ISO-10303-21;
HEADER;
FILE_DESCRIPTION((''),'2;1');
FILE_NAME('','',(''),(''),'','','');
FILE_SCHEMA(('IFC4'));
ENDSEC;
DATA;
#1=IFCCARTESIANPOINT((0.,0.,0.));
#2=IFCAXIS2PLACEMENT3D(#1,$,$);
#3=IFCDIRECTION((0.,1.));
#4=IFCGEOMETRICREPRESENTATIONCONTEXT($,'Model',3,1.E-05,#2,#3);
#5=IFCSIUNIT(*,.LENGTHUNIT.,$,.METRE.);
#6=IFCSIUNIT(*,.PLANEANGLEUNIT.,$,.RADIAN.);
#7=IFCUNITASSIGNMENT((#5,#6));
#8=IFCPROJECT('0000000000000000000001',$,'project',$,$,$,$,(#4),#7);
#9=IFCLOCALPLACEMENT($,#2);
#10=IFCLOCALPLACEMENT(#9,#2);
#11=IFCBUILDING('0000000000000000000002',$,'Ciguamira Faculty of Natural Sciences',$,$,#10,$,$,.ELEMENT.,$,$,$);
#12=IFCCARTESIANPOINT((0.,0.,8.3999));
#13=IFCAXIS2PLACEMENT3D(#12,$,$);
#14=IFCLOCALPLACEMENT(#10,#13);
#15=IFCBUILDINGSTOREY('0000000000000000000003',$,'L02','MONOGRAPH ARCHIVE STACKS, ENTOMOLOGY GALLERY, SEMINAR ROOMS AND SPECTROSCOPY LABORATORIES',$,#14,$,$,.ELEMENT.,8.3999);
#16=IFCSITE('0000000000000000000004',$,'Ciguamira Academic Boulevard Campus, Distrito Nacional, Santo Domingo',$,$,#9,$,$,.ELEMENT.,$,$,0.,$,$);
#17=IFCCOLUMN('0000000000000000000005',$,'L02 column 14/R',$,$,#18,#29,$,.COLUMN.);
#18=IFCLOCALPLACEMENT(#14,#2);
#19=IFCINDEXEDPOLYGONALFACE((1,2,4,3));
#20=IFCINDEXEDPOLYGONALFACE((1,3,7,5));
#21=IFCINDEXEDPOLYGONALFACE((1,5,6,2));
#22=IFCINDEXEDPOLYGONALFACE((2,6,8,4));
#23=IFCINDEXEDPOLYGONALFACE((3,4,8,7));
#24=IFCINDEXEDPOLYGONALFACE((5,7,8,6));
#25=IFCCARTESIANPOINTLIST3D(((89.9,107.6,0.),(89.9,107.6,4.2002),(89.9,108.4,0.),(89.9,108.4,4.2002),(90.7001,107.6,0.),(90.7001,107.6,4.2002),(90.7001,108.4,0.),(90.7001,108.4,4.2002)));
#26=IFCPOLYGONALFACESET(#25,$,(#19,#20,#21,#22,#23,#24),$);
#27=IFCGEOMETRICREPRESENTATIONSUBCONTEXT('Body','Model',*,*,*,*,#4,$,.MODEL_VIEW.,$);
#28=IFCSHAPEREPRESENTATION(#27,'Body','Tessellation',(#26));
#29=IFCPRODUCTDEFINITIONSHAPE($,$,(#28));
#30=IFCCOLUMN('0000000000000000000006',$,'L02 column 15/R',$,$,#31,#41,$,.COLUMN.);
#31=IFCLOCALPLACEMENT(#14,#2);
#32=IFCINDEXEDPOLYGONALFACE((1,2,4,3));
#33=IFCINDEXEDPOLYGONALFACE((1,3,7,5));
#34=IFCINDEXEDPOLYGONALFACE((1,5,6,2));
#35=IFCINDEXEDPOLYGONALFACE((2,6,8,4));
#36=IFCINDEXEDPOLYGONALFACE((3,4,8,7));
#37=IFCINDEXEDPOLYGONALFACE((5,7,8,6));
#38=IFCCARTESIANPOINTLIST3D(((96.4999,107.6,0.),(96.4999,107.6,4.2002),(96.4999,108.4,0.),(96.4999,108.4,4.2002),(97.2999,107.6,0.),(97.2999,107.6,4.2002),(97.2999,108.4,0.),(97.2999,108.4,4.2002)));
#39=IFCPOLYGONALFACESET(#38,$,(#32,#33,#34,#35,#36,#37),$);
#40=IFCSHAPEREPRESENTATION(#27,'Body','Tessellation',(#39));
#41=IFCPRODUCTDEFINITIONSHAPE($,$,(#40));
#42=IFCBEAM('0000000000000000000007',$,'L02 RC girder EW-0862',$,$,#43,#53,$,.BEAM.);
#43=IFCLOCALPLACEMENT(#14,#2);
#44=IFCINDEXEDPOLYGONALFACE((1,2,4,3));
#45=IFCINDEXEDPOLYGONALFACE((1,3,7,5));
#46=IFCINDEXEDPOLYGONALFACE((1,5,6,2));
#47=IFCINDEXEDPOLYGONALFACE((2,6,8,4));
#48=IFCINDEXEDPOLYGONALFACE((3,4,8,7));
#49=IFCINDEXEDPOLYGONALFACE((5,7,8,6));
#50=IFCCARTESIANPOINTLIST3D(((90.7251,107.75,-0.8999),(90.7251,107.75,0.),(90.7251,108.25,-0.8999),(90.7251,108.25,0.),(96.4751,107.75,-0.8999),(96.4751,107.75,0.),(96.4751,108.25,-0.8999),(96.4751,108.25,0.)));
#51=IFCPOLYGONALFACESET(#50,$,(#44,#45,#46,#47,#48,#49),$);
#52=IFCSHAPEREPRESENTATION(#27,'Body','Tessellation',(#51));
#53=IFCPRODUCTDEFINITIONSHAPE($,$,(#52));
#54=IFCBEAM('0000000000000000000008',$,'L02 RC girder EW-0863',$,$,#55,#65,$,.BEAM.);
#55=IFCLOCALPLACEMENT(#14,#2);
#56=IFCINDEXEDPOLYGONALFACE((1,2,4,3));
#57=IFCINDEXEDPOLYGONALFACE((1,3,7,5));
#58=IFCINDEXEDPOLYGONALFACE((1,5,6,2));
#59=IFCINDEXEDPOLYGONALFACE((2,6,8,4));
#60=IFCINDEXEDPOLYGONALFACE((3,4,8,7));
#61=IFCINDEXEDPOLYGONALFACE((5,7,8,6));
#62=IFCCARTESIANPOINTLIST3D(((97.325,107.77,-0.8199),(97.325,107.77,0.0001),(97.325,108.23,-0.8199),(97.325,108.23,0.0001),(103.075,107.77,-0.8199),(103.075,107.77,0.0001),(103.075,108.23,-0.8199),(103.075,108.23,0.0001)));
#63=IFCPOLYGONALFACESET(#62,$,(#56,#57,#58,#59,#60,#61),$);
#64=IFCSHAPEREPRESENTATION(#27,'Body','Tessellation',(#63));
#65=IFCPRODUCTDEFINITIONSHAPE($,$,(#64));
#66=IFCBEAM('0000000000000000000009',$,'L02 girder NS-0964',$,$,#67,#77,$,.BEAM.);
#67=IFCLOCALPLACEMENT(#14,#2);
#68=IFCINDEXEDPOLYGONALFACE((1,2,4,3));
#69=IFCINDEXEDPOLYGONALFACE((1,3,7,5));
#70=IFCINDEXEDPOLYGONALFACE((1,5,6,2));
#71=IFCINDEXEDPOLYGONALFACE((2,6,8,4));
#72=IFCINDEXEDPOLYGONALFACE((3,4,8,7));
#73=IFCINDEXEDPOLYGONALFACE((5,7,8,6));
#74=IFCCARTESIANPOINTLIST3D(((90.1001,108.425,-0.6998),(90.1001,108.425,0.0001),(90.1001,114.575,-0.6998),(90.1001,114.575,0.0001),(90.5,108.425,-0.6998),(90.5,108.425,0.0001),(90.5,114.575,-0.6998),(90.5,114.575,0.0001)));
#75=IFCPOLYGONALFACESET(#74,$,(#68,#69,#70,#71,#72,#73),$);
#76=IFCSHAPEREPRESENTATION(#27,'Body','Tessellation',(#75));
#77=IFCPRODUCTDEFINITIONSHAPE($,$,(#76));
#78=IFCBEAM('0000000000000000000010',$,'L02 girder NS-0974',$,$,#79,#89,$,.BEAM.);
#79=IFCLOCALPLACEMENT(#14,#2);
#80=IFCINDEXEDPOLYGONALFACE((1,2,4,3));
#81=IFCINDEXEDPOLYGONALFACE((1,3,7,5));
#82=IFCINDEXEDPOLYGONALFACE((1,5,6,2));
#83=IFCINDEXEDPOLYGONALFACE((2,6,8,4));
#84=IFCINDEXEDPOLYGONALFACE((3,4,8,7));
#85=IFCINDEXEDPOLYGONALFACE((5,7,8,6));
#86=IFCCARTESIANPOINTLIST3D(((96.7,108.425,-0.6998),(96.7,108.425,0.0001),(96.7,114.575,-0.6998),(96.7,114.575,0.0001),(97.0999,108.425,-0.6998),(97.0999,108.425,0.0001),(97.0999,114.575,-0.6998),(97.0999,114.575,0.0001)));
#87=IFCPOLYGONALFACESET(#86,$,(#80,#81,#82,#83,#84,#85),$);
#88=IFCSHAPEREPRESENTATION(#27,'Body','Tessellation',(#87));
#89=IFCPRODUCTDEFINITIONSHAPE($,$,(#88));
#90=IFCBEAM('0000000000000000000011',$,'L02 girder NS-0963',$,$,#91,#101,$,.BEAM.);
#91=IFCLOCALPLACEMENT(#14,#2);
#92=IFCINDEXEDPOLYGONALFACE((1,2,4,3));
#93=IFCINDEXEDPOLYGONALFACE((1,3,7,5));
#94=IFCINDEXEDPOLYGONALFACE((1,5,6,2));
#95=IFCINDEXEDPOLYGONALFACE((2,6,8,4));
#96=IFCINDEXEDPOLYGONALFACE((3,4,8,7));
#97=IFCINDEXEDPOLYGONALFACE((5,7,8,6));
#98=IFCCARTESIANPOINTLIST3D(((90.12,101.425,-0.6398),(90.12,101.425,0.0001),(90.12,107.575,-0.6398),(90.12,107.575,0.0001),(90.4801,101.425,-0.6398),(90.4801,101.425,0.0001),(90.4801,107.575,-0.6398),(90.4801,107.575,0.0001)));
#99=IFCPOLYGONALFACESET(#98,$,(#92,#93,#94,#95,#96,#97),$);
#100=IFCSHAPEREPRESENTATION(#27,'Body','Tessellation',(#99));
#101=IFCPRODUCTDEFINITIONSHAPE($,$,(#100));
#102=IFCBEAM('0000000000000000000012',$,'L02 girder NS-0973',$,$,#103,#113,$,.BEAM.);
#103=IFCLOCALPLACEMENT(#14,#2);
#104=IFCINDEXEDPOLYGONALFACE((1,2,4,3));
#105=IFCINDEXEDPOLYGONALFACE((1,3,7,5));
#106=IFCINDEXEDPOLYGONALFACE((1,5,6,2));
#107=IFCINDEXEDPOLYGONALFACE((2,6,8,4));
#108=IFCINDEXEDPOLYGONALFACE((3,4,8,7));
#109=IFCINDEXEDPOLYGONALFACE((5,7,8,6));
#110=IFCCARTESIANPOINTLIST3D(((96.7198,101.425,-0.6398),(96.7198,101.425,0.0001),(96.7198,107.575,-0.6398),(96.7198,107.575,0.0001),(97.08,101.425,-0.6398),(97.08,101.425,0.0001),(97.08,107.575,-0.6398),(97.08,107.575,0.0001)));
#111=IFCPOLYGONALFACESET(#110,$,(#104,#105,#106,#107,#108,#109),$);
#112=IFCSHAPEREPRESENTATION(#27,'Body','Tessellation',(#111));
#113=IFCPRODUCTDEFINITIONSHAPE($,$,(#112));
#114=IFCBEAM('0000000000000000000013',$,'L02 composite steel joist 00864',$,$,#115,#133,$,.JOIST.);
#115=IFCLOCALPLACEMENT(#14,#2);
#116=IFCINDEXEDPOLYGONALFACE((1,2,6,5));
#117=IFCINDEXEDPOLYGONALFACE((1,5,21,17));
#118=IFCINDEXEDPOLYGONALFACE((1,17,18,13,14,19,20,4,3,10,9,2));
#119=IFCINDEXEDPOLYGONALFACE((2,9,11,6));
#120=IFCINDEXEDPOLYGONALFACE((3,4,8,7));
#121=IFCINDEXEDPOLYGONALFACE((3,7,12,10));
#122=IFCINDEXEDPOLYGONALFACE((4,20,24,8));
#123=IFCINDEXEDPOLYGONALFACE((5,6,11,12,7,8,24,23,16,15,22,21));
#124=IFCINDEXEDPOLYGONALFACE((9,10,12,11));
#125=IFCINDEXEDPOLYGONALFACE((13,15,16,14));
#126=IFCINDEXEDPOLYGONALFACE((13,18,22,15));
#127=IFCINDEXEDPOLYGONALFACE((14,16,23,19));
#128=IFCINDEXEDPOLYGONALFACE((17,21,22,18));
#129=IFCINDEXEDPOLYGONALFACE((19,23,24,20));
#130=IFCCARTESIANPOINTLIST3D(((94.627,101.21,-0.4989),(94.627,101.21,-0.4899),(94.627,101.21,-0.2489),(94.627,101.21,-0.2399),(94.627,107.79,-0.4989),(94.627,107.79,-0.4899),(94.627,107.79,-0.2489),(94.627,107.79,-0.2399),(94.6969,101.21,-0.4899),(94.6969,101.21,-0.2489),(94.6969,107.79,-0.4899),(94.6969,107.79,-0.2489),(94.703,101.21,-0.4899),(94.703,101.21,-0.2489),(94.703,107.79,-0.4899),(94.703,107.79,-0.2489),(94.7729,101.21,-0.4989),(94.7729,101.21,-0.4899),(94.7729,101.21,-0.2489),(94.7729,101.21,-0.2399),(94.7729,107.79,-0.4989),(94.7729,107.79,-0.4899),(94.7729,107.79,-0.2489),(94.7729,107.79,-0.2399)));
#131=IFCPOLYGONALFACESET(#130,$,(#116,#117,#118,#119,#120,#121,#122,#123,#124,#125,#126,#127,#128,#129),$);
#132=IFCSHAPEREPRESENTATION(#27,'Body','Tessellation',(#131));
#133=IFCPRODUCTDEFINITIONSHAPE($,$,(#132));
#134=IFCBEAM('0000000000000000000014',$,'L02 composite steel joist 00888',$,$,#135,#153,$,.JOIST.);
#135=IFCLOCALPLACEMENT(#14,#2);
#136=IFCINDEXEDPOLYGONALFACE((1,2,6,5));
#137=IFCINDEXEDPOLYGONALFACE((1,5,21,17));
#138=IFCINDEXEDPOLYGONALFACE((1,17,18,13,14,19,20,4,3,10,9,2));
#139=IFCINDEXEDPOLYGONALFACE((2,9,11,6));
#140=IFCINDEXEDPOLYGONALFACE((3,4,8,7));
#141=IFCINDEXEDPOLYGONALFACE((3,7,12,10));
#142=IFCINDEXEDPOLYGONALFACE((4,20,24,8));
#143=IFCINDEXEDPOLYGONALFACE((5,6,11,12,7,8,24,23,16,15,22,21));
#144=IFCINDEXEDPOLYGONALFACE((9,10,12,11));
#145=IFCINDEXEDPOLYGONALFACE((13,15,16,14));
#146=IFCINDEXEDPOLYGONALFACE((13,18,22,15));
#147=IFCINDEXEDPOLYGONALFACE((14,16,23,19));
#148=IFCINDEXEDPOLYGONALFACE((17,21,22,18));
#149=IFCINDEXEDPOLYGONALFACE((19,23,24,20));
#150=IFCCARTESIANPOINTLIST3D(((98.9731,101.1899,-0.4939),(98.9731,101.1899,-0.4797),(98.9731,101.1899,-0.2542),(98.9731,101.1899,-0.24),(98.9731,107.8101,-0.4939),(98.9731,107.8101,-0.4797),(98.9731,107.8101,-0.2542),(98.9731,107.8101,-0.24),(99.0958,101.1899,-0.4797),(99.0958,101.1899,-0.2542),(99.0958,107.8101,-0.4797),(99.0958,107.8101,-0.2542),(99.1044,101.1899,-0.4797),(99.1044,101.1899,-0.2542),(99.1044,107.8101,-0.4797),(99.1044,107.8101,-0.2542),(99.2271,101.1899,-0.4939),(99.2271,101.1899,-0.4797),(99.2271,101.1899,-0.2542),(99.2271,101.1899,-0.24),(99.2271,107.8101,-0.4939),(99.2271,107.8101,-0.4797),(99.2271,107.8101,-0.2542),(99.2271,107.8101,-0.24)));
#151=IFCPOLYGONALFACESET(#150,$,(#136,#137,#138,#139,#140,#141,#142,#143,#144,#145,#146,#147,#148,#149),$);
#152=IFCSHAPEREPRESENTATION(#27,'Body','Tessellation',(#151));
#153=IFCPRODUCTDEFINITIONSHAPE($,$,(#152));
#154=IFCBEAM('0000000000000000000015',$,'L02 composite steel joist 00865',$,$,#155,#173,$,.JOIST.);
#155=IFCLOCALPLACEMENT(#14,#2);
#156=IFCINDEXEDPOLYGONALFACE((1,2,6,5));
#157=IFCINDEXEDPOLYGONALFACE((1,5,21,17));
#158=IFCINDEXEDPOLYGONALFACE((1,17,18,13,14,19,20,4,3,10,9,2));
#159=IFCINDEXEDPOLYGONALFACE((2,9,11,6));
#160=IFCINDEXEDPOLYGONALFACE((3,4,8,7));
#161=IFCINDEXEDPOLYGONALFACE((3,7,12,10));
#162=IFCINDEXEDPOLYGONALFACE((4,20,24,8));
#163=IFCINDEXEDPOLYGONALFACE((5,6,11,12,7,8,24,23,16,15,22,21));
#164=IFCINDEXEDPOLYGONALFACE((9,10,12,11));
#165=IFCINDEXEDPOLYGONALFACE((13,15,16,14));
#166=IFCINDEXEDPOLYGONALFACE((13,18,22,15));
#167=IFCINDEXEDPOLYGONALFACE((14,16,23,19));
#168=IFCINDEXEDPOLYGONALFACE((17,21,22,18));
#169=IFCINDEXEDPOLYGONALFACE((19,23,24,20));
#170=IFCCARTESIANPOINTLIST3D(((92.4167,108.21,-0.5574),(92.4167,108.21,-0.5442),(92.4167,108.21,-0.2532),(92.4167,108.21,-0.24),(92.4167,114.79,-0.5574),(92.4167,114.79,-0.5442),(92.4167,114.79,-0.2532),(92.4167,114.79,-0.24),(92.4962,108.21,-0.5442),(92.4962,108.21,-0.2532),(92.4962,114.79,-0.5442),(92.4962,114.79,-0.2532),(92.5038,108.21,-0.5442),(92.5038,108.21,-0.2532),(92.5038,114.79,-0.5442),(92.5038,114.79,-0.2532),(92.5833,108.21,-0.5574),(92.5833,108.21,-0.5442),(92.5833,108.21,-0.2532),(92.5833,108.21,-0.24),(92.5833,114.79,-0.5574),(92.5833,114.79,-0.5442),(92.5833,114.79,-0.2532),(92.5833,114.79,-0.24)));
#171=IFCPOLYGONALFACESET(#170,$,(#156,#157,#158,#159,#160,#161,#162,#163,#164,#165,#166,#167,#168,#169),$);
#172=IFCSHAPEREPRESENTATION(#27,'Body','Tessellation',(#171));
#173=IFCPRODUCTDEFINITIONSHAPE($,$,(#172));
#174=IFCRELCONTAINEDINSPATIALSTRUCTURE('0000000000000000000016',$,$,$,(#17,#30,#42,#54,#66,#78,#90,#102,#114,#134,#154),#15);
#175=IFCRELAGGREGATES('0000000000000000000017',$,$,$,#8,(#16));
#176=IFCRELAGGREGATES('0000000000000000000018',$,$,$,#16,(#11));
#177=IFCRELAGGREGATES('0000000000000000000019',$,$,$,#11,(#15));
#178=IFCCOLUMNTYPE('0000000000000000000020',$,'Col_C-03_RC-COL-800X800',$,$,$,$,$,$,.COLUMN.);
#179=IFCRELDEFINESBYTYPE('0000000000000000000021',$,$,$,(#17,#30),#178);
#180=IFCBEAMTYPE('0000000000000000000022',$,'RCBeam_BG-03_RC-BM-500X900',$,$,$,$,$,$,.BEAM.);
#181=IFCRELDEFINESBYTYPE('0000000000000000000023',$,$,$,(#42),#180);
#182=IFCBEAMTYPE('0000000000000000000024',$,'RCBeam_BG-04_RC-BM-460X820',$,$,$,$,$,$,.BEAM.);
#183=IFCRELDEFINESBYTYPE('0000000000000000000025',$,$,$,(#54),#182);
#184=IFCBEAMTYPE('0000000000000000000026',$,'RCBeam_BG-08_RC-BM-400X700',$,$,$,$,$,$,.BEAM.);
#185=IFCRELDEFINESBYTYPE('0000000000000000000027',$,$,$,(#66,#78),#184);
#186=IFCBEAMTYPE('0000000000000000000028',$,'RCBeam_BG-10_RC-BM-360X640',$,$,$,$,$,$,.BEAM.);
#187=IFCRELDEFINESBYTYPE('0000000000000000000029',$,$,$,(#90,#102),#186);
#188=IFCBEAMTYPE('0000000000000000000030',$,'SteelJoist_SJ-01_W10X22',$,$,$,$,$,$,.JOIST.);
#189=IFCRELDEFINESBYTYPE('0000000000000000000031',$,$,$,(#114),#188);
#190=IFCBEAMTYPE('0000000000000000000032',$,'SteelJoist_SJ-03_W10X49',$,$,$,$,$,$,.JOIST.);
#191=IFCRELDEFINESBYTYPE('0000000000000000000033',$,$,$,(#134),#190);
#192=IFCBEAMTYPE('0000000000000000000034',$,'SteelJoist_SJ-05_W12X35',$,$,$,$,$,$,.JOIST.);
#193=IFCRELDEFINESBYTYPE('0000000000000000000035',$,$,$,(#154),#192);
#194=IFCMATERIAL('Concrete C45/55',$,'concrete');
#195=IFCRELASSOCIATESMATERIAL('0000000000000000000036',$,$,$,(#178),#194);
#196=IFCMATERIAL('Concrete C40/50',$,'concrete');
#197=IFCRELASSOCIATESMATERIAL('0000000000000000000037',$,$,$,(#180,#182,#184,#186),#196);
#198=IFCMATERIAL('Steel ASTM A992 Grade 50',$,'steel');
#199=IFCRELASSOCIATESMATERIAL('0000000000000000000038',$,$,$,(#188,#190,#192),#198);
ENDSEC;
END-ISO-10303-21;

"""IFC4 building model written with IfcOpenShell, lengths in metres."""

from ifc_helpers import new_model, si_unit, direction, frame, origin, origin_2d, place, context, subcontext, project, spatial, rectangle, i_section, extrude, material, material_profile, profile_set, type_object, element, save


model = new_model("IFC4")

# Units and contexts
model_context = context("Model", 3, precision=1e-05, world=origin(), true_north=direction((0.0, 1.0)))
body_context = subcontext(model_context, "Body", "Model", "MODEL_VIEW")
ifc_project = project(units=[si_unit("LENGTHUNIT", "METRE"), si_unit("PLANEANGLEUNIT", "RADIAN")], contexts=[model_context])

# Site, building, storey
site_placement = place(None, origin())
site = spatial("IfcSite", under=ifc_project, at=site_placement, Name="Ciguamira Academic Boulevard Campus, Distrito Nacional, Santo Domingo", CompositionType="ELEMENT", RefElevation=0.0)
building_placement = place(site_placement, origin())
building = spatial("IfcBuilding", under=site, at=building_placement, Name="Ciguamira Faculty of Natural Sciences", CompositionType="ELEMENT")
storey_placement = place(building_placement, frame((0.0, 0.0, 8.3999)))
storey = spatial("IfcBuildingStorey", under=building, at=storey_placement, Name="L02", Description="MONOGRAPH ARCHIVE STACKS, ENTOMOLOGY GALLERY, SEMINAR ROOMS AND SPECTROSCOPY LABORATORIES", CompositionType="ELEMENT", Elevation=8.3999)

# Columns
ifc_material_1 = material(Name="Concrete C45/55", Category="concrete")
ifc_material_profile_1 = material_profile(ifc_material_1, rectangle(XDim=0.8, YDim=0.8, at=origin_2d()), Name="RC-COL-800X800")
ifc_profile_set_1 = profile_set([ifc_material_profile_1], Name="Concrete C45/55")
column_type = type_object("IfcColumnType", Name="Col_C-03_RC-COL-800X800", PredefinedType="COLUMN", material=ifc_profile_set_1)
for number, where, z_axis, x_axis, name in (
    (1, (90.3, 108.0, 0.0), (0.0, 0.0, 1.0), (1.0, 0.0, 0.0), "L02 column 14/R"),
    (2, (96.8999, 108.0, 0.0), (0.0, 0.0, 1.0), (1.0, 0.0, 0.0), "L02 column 15/R"),
):
    element("IfcColumn", number, at=place(storey_placement, frame(where, z_axis=z_axis, x_axis=x_axis)), inside=storey, type_object=column_type, Name=name, PredefinedType="COLUMN", context=body_context, shape_type="SweptSolid", body=[
        extrude(rectangle(XDim=0.8, YDim=0.8, at=origin_2d()), origin(), (0.0, 0.0, 1.0), 4.2002),
    ])

# Beams
ifc_material_2 = material(Name="Concrete C40/50", Category="concrete")
ifc_material_profile_2 = material_profile(ifc_material_2, rectangle(XDim=0.5, YDim=0.8999, at=origin_2d()), Name="RC-BM-500X900")
ifc_profile_set_2 = profile_set([ifc_material_profile_2], Name="Concrete C40/50")
beam_type_1 = type_object("IfcBeamType", Name="RCBeam_BG-03_RC-BM-500X900", PredefinedType="BEAM", material=ifc_profile_set_2)
beam_1_placement = place(storey_placement, frame((90.7251, 108.0, -0.45), z_axis=(1.0, 0.0, 0.0), x_axis=(0.0, 1.0, 0.0)))
element("IfcBeam", 3, at=beam_1_placement, inside=storey, type_object=beam_type_1, Name="L02 RC girder EW-0862", PredefinedType="BEAM", context=body_context, shape_type="SweptSolid", body=[
    extrude(rectangle(XDim=0.5, YDim=0.8999, at=origin_2d()), origin(), (0.0, 0.0, 1.0), 5.75),
])
ifc_material_profile_3 = material_profile(ifc_material_2, rectangle(XDim=0.46, YDim=0.8201, at=origin_2d()), Name="RC-BM-460X820")
ifc_profile_set_3 = profile_set([ifc_material_profile_3], Name="Concrete C40/50")
beam_type_2 = type_object("IfcBeamType", Name="RCBeam_BG-04_RC-BM-460X820", PredefinedType="BEAM", material=ifc_profile_set_3)
beam_2_placement = place(storey_placement, frame((97.325, 108.0, -0.4099), z_axis=(1.0, 0.0, 0.0), x_axis=(0.0, 1.0, 0.0)))
element("IfcBeam", 4, at=beam_2_placement, inside=storey, type_object=beam_type_2, Name="L02 RC girder EW-0863", PredefinedType="BEAM", context=body_context, shape_type="SweptSolid", body=[
    extrude(rectangle(XDim=0.46, YDim=0.8201, at=origin_2d()), origin(), (0.0, 0.0, 1.0), 5.75),
])
ifc_material_profile_4 = material_profile(ifc_material_2, rectangle(XDim=0.3999, YDim=0.7, at=origin_2d()), Name="RC-BM-400X700")
ifc_profile_set_4 = profile_set([ifc_material_profile_4], Name="Concrete C40/50")
beam_type_3 = type_object("IfcBeamType", Name="RCBeam_BG-08_RC-BM-400X700", PredefinedType="BEAM", material=ifc_profile_set_4)
for number, where, z_axis, x_axis, name in (
    (5, (90.3, 108.425, -0.3499), (0.0, 1.0, 0.0), (-1.0, 0.0, 0.0), "L02 girder NS-0964"),
    (6, (96.8999, 108.425, -0.3499), (0.0, 1.0, 0.0), (-1.0, 0.0, 0.0), "L02 girder NS-0974"),
):
    element("IfcBeam", number, at=place(storey_placement, frame(where, z_axis=z_axis, x_axis=x_axis)), inside=storey, type_object=beam_type_3, Name=name, PredefinedType="BEAM", context=body_context, shape_type="SweptSolid", body=[
        extrude(rectangle(XDim=0.3999, YDim=0.7, at=origin_2d()), origin(), (0.0, 0.0, 1.0), 6.1499),
    ])
ifc_material_profile_5 = material_profile(ifc_material_2, rectangle(XDim=0.3601, YDim=0.6399, at=origin_2d()), Name="RC-BM-360X640")
ifc_profile_set_5 = profile_set([ifc_material_profile_5], Name="Concrete C40/50")
beam_type_4 = type_object("IfcBeamType", Name="RCBeam_BG-10_RC-BM-360X640", PredefinedType="BEAM", material=ifc_profile_set_5)
for number, where, z_axis, x_axis, name in (
    (7, (90.3, 101.425, -0.3198), (0.0, 1.0, 0.0), (-1.0, 0.0, 0.0), "L02 girder NS-0963"),
    (8, (96.8999, 101.425, -0.3198), (0.0, 1.0, 0.0), (-1.0, 0.0, 0.0), "L02 girder NS-0973"),
):
    element("IfcBeam", number, at=place(storey_placement, frame(where, z_axis=z_axis, x_axis=x_axis)), inside=storey, type_object=beam_type_4, Name=name, PredefinedType="BEAM", context=body_context, shape_type="SweptSolid", body=[
        extrude(rectangle(XDim=0.3601, YDim=0.6399, at=origin_2d()), origin(), (0.0, 0.0, 1.0), 6.1499),
    ])
ifc_material_3 = material(Name="Steel ASTM A992 Grade 50", Category="steel")
ifc_material_profile_6 = material_profile(ifc_material_3, i_section(OverallWidth=0.146, OverallDepth=0.259, WebThickness=0.0061, FlangeThickness=0.009, at=origin_2d()), Name="W10X22")
ifc_profile_set_6 = profile_set([ifc_material_profile_6], Name="Steel ASTM A992 Grade 50")
beam_type_5 = type_object("IfcBeamType", Name="SteelJoist_SJ-01_W10X22", PredefinedType="JOIST", material=ifc_profile_set_6)
beam_3_placement = place(storey_placement, frame((94.7, 101.21, -0.3694), z_axis=(0.0, 1.0, 0.0), x_axis=(-1.0, 0.0, 0.0)))
element("IfcBeam", 9, at=beam_3_placement, inside=storey, type_object=beam_type_5, Name="L02 composite steel joist 00864", PredefinedType="JOIST", context=body_context, shape_type="SweptSolid", body=[
    extrude(i_section(OverallWidth=0.146, OverallDepth=0.259, WebThickness=0.0061, FlangeThickness=0.009, at=origin_2d()), origin(), (0.0, 0.0, 1.0), 6.5801),
])
ifc_material_profile_7 = material_profile(ifc_material_3, i_section(OverallWidth=0.2539, OverallDepth=0.2539, WebThickness=0.0085, FlangeThickness=0.0142, at=origin_2d()), Name="W10X49")
ifc_profile_set_7 = profile_set([ifc_material_profile_7], Name="Steel ASTM A992 Grade 50")
beam_type_6 = type_object("IfcBeamType", Name="SteelJoist_SJ-03_W10X49", PredefinedType="JOIST", material=ifc_profile_set_7)
beam_4_placement = place(storey_placement, frame((99.1001, 101.1899, -0.3669), z_axis=(0.0, 1.0, 0.0), x_axis=(-1.0, 0.0, 0.0)))
element("IfcBeam", 10, at=beam_4_placement, inside=storey, type_object=beam_type_6, Name="L02 composite steel joist 00888", PredefinedType="JOIST", context=body_context, shape_type="SweptSolid", body=[
    extrude(i_section(OverallWidth=0.2539, OverallDepth=0.2539, WebThickness=0.0085, FlangeThickness=0.0142, at=origin_2d()), origin(), (0.0, 0.0, 1.0), 6.6201),
])
ifc_material_profile_8 = material_profile(ifc_material_3, i_section(OverallWidth=0.1665, OverallDepth=0.3174, WebThickness=0.0076, FlangeThickness=0.0132, at=origin_2d()), Name="W12X35")
ifc_profile_set_8 = profile_set([ifc_material_profile_8], Name="Steel ASTM A992 Grade 50")
beam_type_7 = type_object("IfcBeamType", Name="SteelJoist_SJ-05_W12X35", PredefinedType="JOIST", material=ifc_profile_set_8)
beam_5_placement = place(storey_placement, frame((92.5, 108.21, -0.3987), z_axis=(0.0, 1.0, 0.0), x_axis=(-1.0, 0.0, 0.0)))
element("IfcBeam", 11, at=beam_5_placement, inside=storey, type_object=beam_type_7, Name="L02 composite steel joist 00865", PredefinedType="JOIST", context=body_context, shape_type="SweptSolid", body=[
    extrude(i_section(OverallWidth=0.1665, OverallDepth=0.3174, WebThickness=0.0076, FlangeThickness=0.0132, at=origin_2d()), origin(), (0.0, 0.0, 1.0), 6.5801),
])

save(model, "model.ifc")
